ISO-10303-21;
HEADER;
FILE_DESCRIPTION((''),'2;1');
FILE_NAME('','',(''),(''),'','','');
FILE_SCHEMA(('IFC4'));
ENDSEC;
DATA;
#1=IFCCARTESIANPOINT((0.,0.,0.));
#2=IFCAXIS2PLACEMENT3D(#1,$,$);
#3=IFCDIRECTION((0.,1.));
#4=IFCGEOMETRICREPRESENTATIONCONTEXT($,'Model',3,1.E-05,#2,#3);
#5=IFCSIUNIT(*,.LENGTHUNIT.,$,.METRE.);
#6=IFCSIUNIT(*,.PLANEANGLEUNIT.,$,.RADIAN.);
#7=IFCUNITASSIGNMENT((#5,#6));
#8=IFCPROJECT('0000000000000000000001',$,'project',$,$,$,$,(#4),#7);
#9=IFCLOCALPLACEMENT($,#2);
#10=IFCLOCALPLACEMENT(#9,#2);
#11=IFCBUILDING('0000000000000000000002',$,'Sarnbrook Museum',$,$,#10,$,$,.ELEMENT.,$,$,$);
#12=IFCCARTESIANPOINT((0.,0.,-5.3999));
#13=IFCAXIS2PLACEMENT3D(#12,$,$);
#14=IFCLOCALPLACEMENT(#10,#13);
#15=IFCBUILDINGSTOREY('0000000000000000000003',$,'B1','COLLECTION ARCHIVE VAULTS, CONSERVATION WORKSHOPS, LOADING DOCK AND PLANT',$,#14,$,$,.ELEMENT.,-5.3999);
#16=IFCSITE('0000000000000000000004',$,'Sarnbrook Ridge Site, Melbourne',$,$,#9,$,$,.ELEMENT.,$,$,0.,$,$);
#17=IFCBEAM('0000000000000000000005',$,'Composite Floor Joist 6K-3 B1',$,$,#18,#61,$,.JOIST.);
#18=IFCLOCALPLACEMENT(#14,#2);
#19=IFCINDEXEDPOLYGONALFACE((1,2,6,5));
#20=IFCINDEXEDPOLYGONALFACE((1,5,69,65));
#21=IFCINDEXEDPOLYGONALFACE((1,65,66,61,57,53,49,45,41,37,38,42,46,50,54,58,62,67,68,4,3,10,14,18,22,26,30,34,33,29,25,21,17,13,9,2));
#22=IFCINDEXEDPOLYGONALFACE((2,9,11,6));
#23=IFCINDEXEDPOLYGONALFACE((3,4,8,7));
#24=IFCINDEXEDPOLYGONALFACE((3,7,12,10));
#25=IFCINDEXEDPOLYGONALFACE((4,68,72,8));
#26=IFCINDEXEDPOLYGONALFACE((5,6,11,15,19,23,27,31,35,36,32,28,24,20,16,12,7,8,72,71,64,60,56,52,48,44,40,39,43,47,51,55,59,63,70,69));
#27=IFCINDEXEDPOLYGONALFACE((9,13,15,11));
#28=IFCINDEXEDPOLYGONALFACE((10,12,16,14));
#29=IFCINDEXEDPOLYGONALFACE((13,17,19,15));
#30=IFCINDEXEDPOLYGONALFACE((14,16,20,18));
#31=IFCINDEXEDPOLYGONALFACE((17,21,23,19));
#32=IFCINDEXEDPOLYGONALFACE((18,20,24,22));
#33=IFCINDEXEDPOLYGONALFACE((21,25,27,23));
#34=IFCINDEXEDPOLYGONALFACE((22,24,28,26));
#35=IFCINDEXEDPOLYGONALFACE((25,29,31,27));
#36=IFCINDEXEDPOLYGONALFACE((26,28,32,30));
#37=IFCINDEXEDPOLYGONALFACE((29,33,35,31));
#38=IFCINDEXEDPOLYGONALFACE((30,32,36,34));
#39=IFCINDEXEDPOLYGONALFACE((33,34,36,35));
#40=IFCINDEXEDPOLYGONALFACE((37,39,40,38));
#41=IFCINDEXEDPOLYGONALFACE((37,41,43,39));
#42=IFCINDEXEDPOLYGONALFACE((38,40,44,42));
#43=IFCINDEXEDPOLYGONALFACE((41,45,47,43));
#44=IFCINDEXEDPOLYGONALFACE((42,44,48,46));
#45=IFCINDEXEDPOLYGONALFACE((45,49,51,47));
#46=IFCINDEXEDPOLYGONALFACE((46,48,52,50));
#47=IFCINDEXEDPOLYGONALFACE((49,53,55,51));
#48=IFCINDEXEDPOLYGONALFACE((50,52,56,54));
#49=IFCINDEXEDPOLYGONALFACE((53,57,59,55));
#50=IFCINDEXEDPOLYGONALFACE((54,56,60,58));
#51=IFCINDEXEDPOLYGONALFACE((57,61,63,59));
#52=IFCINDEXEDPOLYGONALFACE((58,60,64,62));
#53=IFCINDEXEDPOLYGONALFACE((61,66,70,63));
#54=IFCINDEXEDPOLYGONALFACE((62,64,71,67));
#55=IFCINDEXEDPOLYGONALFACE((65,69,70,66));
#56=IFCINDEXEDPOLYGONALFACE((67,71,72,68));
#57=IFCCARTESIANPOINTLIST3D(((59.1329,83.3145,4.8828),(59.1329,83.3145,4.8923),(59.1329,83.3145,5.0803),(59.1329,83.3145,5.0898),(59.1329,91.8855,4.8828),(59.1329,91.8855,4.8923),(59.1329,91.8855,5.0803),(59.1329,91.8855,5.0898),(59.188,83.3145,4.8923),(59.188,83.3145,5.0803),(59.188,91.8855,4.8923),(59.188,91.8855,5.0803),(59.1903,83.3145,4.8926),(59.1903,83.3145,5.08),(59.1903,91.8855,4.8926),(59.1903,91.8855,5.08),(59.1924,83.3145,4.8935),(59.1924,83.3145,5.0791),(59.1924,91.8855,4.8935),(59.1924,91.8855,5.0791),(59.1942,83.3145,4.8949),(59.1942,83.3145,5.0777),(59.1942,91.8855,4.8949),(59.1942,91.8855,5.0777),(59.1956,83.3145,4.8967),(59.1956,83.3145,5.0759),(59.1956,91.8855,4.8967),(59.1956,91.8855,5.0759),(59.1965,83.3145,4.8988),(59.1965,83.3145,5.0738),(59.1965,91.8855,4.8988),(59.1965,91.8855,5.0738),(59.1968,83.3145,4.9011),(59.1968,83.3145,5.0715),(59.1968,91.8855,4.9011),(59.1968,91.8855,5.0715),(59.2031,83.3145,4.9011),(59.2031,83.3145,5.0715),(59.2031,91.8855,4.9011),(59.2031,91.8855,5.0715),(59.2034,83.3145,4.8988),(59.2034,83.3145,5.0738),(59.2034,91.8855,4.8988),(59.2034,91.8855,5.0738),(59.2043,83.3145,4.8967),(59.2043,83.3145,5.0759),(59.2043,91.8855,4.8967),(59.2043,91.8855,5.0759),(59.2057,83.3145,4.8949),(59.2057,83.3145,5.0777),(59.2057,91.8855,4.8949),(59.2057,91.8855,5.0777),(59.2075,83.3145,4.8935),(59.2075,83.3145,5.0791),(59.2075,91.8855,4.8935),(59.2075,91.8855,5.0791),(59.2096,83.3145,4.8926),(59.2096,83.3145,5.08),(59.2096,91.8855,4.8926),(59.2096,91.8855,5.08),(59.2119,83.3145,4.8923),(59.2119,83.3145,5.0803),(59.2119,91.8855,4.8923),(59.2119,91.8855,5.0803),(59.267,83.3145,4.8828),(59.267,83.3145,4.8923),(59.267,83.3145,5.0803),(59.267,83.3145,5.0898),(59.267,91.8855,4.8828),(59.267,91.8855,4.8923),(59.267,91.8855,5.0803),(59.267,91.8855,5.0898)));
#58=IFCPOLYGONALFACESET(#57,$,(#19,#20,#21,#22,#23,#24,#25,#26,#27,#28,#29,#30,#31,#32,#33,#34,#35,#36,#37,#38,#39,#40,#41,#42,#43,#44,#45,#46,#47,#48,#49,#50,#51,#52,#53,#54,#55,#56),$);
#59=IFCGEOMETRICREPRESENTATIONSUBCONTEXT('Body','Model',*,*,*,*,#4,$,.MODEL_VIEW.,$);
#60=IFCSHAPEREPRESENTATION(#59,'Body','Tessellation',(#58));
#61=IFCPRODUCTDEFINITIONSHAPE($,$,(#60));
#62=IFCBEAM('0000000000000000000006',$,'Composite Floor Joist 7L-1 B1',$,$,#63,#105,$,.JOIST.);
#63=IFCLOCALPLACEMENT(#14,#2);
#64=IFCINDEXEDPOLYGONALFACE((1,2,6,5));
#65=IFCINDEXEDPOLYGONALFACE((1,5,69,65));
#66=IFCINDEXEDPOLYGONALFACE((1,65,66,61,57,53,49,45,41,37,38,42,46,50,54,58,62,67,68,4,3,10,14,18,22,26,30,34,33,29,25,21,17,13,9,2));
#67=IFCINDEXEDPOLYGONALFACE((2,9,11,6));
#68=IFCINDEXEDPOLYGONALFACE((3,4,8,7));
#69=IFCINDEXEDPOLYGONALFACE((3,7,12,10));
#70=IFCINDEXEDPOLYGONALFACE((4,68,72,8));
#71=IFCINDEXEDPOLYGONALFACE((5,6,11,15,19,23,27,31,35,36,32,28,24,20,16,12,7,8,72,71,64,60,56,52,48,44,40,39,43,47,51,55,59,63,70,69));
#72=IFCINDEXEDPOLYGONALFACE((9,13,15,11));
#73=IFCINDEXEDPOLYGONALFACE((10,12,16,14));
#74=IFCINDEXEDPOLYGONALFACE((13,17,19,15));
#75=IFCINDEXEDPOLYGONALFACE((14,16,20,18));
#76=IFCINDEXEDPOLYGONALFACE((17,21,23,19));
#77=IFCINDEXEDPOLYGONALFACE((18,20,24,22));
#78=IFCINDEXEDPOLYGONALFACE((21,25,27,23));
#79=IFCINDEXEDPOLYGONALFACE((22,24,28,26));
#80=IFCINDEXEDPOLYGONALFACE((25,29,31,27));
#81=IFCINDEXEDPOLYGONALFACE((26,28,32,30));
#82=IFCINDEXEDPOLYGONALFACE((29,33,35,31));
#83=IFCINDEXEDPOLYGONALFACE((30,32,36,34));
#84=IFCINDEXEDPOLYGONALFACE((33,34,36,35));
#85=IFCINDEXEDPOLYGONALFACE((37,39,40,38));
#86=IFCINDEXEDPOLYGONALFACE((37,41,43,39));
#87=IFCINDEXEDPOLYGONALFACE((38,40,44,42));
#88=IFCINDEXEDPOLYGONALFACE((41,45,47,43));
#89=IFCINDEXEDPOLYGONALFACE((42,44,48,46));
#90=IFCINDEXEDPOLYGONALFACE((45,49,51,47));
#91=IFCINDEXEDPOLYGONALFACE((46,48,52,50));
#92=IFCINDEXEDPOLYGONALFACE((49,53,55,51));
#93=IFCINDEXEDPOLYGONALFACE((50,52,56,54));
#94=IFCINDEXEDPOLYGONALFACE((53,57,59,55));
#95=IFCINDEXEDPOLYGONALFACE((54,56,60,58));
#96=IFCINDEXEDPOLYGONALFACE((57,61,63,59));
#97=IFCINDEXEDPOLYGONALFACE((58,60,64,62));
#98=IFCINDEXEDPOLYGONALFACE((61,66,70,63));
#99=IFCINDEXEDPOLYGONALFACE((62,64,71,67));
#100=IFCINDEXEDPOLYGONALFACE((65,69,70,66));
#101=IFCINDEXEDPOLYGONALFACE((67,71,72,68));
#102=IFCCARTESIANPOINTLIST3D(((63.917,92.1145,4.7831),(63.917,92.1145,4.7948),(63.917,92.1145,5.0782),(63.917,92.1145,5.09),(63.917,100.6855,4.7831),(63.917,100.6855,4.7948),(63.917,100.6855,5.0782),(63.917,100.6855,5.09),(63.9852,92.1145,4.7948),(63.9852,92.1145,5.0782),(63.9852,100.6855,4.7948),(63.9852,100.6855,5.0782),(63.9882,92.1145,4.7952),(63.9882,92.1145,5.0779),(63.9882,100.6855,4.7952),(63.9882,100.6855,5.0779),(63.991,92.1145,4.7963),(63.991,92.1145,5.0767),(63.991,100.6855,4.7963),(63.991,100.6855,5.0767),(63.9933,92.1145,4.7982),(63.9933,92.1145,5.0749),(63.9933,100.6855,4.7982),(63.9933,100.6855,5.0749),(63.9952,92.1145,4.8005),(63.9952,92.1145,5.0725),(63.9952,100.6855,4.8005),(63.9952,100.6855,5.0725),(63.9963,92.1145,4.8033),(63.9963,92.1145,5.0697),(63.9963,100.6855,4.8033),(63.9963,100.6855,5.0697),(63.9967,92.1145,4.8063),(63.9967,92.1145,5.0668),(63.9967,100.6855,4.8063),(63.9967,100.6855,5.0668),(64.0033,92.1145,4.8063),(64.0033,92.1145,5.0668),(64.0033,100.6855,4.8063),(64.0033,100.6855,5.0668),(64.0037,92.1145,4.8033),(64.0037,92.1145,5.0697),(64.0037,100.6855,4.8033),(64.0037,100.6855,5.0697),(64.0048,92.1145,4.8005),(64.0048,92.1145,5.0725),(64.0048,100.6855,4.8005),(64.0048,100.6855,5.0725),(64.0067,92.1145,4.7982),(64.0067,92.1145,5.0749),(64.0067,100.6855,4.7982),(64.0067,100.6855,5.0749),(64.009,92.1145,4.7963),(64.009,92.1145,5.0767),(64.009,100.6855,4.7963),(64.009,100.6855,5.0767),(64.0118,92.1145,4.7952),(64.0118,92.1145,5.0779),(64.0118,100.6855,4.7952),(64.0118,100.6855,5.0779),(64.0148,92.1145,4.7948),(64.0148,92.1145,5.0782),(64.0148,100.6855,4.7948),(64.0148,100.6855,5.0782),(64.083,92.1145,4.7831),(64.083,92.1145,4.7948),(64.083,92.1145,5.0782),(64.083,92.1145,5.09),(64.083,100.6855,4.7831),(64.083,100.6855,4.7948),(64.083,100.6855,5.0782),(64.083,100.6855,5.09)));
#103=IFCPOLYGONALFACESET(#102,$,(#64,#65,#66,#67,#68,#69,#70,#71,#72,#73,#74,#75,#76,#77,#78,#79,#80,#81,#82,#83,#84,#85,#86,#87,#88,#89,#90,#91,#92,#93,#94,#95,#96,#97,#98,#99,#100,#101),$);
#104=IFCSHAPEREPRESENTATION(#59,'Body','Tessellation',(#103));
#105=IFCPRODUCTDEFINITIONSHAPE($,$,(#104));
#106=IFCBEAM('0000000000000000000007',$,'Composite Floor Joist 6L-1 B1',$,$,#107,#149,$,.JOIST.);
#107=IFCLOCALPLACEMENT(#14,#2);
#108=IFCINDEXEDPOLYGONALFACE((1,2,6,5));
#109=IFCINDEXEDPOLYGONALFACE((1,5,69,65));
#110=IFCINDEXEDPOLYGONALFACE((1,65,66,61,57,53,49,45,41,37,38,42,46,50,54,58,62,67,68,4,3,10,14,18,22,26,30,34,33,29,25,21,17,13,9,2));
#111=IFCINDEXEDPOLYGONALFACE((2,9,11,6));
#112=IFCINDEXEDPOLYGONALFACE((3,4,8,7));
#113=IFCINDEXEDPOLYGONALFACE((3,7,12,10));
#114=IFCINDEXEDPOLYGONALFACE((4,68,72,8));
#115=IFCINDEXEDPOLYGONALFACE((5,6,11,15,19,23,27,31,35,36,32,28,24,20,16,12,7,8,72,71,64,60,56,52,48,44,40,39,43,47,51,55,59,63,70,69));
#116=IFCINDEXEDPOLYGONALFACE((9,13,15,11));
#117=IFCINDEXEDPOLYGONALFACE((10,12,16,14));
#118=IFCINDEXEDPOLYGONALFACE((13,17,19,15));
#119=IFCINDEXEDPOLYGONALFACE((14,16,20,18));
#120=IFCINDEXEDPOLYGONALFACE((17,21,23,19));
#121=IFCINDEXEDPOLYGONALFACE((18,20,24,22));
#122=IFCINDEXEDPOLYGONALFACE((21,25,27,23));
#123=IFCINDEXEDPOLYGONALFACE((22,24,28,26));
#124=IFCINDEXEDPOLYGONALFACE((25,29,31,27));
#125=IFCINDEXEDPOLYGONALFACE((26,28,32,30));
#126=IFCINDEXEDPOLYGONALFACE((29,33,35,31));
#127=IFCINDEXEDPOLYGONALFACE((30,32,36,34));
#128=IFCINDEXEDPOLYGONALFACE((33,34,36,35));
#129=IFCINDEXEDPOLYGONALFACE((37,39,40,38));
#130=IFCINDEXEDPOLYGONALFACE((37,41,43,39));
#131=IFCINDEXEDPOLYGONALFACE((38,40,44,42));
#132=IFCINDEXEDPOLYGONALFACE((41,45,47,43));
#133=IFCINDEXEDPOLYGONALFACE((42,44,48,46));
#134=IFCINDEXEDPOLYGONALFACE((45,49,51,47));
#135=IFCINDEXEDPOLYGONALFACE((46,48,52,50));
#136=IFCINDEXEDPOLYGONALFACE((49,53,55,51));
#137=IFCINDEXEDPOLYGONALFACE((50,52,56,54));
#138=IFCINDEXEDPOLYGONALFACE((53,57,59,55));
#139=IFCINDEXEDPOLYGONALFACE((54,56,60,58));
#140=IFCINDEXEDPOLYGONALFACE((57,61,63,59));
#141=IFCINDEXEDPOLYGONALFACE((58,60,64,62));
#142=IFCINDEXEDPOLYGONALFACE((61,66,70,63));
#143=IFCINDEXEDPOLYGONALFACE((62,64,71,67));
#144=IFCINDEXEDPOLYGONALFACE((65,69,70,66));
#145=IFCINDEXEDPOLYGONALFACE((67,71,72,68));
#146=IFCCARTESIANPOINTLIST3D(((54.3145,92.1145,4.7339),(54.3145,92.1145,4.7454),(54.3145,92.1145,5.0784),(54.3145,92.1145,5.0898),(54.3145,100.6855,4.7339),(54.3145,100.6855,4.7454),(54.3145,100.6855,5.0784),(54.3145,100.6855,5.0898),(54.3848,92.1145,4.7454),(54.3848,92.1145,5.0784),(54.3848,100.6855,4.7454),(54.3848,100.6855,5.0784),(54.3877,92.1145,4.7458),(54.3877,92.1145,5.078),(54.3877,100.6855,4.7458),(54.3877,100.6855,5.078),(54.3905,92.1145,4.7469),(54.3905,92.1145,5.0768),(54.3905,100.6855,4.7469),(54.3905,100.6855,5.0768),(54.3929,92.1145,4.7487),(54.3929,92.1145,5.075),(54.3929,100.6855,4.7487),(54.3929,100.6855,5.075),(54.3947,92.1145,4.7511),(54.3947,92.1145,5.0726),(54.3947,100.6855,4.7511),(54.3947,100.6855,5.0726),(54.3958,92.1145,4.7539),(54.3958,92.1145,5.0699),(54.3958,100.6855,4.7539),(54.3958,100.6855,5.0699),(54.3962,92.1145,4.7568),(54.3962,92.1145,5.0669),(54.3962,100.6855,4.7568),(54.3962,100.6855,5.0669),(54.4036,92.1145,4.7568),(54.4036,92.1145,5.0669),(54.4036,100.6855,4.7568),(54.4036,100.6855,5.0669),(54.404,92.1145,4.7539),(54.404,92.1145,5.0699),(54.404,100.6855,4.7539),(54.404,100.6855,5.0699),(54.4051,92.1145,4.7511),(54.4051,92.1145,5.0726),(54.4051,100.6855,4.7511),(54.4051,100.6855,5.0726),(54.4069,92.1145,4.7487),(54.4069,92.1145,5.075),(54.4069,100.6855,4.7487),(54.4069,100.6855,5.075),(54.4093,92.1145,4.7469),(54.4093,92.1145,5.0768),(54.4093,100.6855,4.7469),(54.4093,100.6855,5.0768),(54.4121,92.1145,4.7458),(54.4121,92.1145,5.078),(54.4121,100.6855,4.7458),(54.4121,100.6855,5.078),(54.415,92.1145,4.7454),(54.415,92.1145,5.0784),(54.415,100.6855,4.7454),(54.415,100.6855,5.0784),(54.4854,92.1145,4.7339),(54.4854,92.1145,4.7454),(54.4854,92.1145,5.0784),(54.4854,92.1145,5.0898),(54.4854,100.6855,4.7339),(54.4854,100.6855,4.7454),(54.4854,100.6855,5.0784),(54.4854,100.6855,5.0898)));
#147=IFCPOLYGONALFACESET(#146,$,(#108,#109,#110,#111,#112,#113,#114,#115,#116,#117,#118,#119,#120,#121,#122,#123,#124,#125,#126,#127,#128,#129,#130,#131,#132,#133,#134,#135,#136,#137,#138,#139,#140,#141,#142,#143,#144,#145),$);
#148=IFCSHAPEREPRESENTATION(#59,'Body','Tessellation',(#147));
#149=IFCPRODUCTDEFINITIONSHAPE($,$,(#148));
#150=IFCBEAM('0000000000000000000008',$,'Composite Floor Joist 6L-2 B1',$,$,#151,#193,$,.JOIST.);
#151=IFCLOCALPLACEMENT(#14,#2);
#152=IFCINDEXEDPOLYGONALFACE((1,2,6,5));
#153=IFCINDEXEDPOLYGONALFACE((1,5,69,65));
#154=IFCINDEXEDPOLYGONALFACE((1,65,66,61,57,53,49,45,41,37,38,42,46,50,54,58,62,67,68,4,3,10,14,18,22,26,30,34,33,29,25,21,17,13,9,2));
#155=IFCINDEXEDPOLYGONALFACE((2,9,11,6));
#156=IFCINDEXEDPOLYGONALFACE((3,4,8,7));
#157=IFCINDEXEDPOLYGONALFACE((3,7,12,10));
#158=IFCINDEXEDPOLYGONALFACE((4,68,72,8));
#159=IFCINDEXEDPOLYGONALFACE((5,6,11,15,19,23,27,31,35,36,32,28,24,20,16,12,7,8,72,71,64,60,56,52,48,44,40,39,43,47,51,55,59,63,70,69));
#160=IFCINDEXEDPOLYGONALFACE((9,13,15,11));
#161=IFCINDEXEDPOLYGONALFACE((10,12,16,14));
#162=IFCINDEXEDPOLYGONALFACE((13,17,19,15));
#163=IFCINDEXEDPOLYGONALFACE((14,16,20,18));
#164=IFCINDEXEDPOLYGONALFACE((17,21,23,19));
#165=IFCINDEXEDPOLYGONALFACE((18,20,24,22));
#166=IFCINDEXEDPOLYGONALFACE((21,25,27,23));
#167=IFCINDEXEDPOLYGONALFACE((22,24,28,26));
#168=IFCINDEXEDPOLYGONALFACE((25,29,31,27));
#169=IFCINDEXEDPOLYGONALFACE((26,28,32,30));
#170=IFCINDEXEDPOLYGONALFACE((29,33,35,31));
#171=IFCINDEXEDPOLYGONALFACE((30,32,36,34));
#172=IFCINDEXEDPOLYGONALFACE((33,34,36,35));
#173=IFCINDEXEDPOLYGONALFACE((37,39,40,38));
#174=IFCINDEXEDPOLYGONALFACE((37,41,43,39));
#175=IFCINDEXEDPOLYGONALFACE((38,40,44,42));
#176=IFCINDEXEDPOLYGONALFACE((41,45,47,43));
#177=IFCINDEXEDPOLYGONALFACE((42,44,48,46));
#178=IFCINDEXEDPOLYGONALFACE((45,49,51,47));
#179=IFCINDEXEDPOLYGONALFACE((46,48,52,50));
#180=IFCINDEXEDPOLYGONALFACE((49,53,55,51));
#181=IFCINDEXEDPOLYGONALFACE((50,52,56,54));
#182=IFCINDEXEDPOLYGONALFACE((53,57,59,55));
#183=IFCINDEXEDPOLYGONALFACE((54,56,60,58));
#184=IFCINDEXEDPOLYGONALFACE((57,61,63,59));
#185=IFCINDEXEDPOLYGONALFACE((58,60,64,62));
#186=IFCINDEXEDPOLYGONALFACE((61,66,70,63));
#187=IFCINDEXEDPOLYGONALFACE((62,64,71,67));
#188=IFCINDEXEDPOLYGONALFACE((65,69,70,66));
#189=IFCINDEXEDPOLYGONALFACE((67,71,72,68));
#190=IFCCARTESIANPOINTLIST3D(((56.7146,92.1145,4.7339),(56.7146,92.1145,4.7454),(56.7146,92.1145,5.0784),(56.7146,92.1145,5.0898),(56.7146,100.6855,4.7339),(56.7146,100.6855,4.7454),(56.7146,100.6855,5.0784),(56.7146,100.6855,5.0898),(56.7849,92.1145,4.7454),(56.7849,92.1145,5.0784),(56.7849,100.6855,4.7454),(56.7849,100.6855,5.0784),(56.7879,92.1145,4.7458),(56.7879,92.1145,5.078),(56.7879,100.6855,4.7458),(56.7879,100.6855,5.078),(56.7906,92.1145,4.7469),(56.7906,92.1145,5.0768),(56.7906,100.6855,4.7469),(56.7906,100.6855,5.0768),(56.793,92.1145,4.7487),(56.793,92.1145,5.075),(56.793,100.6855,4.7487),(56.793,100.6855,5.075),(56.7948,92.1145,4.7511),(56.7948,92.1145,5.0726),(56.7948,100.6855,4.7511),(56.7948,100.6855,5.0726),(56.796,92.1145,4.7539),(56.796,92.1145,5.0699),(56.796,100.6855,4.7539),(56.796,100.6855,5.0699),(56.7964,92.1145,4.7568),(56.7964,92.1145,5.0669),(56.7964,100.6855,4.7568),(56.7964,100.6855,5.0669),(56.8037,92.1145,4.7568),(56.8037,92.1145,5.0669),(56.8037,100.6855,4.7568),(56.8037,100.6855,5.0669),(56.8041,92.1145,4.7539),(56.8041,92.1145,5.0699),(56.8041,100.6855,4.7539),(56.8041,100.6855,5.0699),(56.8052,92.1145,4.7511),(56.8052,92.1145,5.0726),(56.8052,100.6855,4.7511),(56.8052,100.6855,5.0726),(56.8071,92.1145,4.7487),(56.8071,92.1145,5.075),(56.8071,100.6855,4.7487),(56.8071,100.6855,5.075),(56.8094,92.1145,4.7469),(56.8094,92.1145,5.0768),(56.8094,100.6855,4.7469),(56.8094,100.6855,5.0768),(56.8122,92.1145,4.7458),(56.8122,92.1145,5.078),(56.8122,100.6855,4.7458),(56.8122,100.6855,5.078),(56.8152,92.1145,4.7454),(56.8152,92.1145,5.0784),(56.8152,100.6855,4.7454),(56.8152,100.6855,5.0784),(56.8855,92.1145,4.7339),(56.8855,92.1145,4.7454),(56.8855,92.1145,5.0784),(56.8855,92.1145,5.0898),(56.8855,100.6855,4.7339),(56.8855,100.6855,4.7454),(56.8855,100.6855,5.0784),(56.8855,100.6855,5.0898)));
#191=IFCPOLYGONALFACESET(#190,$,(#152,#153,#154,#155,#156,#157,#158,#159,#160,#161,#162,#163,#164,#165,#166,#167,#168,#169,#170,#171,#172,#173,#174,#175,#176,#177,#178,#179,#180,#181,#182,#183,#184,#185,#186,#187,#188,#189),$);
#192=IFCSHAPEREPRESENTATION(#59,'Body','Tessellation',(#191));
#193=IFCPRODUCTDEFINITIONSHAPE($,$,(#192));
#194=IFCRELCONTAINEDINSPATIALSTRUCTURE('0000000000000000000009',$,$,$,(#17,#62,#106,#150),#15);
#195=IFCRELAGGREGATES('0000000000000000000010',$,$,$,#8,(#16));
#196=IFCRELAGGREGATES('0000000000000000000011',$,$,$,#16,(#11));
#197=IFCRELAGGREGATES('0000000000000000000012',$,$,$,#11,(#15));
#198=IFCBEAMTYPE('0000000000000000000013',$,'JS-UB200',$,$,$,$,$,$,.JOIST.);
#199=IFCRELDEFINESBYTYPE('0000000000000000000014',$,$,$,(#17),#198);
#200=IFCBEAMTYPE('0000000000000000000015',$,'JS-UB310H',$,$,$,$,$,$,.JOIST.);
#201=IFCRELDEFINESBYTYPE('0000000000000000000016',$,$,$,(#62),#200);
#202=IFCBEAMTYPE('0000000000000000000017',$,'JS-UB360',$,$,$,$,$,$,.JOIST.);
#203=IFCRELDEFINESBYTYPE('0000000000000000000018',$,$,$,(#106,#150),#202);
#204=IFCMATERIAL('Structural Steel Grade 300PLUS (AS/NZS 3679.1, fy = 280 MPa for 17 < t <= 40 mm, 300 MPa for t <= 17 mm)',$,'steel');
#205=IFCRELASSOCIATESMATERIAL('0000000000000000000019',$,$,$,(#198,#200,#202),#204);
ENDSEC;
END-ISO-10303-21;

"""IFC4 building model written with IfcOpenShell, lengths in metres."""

from ifc_helpers import new_model, si_unit, direction, frame, origin, origin_2d, place, context, subcontext, project, spatial, i_section, extrude, material, material_profile, profile_set, type_object, element, save


model = new_model("IFC4")

# Units and contexts
model_context = context("Model", 3, precision=1e-05, world=origin(), true_north=direction((0.0, 1.0)))
body_context = subcontext(model_context, "Body", "Model", "MODEL_VIEW")
ifc_project = project(units=[si_unit("LENGTHUNIT", "METRE"), si_unit("PLANEANGLEUNIT", "RADIAN")], contexts=[model_context])

# Site, building, storey
site_placement = place(None, origin())
site = spatial("IfcSite", under=ifc_project, at=site_placement, Name="Sarnbrook Ridge Site, Melbourne", CompositionType="ELEMENT", RefElevation=0.0)
building_placement = place(site_placement, origin())
building = spatial("IfcBuilding", under=site, at=building_placement, Name="Sarnbrook Museum", CompositionType="ELEMENT")
storey_placement = place(building_placement, frame((0.0, 0.0, -5.3999)))
storey = spatial("IfcBuildingStorey", under=building, at=storey_placement, Name="B1", Description="COLLECTION ARCHIVE VAULTS, CONSERVATION WORKSHOPS, LOADING DOCK AND PLANT", CompositionType="ELEMENT", Elevation=-5.3999)

# Beams
ifc_material_1 = material(Name="Structural Steel Grade 300PLUS (AS/NZS 3679.1, fy = 280 MPa for 17 < t <= 40 mm, 300 MPa for t <= 17 mm)", Category="steel")
ifc_material_profile_1 = material_profile(ifc_material_1, i_section(OverallWidth=0.134, OverallDepth=0.207, WebThickness=0.0063, FlangeThickness=0.0095, FilletRadius=0.0088, at=origin_2d()), Name="200UB29.8")
ifc_profile_set_1 = profile_set([ifc_material_profile_1], Name="Structural Steel Grade 300PLUS (AS/NZS 3679.1, fy = 280 MPa for 17 < t <= 40 mm, 300 MPa for t <= 17 mm)")
beam_type_1 = type_object("IfcBeamType", Name="JS-UB200", PredefinedType="JOIST", material=ifc_profile_set_1)
for number, where, z_axis, x_axis, name in (
    (1, (59.2, 83.3145, 4.9863), (0.0, 1.0, 0.0), (-1.0, 0.0, 0.0), "Composite Floor Joist 6K-3 B1"),
):
    element("IfcBeam", number, at=place(storey_placement, frame(where, z_axis=z_axis, x_axis=x_axis)), inside=storey, type_object=beam_type_1, Name=name, PredefinedType="JOIST", context=body_context, shape_type="SweptSolid", body=[
        extrude(i_section(OverallWidth=0.134, OverallDepth=0.207, WebThickness=0.0063, FlangeThickness=0.0095, FilletRadius=0.0088, at=origin_2d()), origin(), (0.0, 0.0, 1.0), 8.571),
    ])
ifc_material_profile_2 = material_profile(ifc_material_1, i_section(OverallWidth=0.166, OverallDepth=0.3069, WebThickness=0.0066, FlangeThickness=0.0117, FilletRadius=0.0115, at=origin_2d()), Name="310UB46.2")
ifc_profile_set_2 = profile_set([ifc_material_profile_2], Name="Structural Steel Grade 300PLUS (AS/NZS 3679.1, fy = 280 MPa for 17 < t <= 40 mm, 300 MPa for t <= 17 mm)")
beam_type_2 = type_object("IfcBeamType", Name="JS-UB310H", PredefinedType="JOIST", material=ifc_profile_set_2)
beam_1_placement = place(storey_placement, frame((64.0, 92.1145, 4.9365), z_axis=(0.0, 1.0, 0.0), x_axis=(-1.0, 0.0, 0.0)))
element("IfcBeam", 2, at=beam_1_placement, inside=storey, type_object=beam_type_2, Name="Composite Floor Joist 7L-1 B1", PredefinedType="JOIST", context=body_context, shape_type="SweptSolid", body=[
    extrude(i_section(OverallWidth=0.166, OverallDepth=0.3069, WebThickness=0.0066, FlangeThickness=0.0117, FilletRadius=0.0115, at=origin_2d()), origin(), (0.0, 0.0, 1.0), 8.571),
])
ifc_material_profile_3 = material_profile(ifc_material_1, i_section(OverallWidth=0.1709, OverallDepth=0.356, WebThickness=0.0073, FlangeThickness=0.0115, FilletRadius=0.0115, at=origin_2d()), Name="360UB50.7")
ifc_profile_set_3 = profile_set([ifc_material_profile_3], Name="Structural Steel Grade 300PLUS (AS/NZS 3679.1, fy = 280 MPa for 17 < t <= 40 mm, 300 MPa for t <= 17 mm)")
beam_type_3 = type_object("IfcBeamType", Name="JS-UB360", PredefinedType="JOIST", material=ifc_profile_set_3)
for number, where, z_axis, x_axis, name in (
    (3, (54.3999, 92.1145, 4.9119), (0.0, 1.0, 0.0), (-1.0, 0.0, 0.0), "Composite Floor Joist 6L-1 B1"),
    (4, (56.8, 92.1145, 4.9119), (0.0, 1.0, 0.0), (-1.0, 0.0, 0.0), "Composite Floor Joist 6L-2 B1"),
):
    element("IfcBeam", number, at=place(storey_placement, frame(where, z_axis=z_axis, x_axis=x_axis)), inside=storey, type_object=beam_type_3, Name=name, PredefinedType="JOIST", context=body_context, shape_type="SweptSolid", body=[
        extrude(i_section(OverallWidth=0.1709, OverallDepth=0.356, WebThickness=0.0073, FlangeThickness=0.0115, FilletRadius=0.0115, at=origin_2d()), origin(), (0.0, 0.0, 1.0), 8.571),
    ])

save(model, "model.ifc")
